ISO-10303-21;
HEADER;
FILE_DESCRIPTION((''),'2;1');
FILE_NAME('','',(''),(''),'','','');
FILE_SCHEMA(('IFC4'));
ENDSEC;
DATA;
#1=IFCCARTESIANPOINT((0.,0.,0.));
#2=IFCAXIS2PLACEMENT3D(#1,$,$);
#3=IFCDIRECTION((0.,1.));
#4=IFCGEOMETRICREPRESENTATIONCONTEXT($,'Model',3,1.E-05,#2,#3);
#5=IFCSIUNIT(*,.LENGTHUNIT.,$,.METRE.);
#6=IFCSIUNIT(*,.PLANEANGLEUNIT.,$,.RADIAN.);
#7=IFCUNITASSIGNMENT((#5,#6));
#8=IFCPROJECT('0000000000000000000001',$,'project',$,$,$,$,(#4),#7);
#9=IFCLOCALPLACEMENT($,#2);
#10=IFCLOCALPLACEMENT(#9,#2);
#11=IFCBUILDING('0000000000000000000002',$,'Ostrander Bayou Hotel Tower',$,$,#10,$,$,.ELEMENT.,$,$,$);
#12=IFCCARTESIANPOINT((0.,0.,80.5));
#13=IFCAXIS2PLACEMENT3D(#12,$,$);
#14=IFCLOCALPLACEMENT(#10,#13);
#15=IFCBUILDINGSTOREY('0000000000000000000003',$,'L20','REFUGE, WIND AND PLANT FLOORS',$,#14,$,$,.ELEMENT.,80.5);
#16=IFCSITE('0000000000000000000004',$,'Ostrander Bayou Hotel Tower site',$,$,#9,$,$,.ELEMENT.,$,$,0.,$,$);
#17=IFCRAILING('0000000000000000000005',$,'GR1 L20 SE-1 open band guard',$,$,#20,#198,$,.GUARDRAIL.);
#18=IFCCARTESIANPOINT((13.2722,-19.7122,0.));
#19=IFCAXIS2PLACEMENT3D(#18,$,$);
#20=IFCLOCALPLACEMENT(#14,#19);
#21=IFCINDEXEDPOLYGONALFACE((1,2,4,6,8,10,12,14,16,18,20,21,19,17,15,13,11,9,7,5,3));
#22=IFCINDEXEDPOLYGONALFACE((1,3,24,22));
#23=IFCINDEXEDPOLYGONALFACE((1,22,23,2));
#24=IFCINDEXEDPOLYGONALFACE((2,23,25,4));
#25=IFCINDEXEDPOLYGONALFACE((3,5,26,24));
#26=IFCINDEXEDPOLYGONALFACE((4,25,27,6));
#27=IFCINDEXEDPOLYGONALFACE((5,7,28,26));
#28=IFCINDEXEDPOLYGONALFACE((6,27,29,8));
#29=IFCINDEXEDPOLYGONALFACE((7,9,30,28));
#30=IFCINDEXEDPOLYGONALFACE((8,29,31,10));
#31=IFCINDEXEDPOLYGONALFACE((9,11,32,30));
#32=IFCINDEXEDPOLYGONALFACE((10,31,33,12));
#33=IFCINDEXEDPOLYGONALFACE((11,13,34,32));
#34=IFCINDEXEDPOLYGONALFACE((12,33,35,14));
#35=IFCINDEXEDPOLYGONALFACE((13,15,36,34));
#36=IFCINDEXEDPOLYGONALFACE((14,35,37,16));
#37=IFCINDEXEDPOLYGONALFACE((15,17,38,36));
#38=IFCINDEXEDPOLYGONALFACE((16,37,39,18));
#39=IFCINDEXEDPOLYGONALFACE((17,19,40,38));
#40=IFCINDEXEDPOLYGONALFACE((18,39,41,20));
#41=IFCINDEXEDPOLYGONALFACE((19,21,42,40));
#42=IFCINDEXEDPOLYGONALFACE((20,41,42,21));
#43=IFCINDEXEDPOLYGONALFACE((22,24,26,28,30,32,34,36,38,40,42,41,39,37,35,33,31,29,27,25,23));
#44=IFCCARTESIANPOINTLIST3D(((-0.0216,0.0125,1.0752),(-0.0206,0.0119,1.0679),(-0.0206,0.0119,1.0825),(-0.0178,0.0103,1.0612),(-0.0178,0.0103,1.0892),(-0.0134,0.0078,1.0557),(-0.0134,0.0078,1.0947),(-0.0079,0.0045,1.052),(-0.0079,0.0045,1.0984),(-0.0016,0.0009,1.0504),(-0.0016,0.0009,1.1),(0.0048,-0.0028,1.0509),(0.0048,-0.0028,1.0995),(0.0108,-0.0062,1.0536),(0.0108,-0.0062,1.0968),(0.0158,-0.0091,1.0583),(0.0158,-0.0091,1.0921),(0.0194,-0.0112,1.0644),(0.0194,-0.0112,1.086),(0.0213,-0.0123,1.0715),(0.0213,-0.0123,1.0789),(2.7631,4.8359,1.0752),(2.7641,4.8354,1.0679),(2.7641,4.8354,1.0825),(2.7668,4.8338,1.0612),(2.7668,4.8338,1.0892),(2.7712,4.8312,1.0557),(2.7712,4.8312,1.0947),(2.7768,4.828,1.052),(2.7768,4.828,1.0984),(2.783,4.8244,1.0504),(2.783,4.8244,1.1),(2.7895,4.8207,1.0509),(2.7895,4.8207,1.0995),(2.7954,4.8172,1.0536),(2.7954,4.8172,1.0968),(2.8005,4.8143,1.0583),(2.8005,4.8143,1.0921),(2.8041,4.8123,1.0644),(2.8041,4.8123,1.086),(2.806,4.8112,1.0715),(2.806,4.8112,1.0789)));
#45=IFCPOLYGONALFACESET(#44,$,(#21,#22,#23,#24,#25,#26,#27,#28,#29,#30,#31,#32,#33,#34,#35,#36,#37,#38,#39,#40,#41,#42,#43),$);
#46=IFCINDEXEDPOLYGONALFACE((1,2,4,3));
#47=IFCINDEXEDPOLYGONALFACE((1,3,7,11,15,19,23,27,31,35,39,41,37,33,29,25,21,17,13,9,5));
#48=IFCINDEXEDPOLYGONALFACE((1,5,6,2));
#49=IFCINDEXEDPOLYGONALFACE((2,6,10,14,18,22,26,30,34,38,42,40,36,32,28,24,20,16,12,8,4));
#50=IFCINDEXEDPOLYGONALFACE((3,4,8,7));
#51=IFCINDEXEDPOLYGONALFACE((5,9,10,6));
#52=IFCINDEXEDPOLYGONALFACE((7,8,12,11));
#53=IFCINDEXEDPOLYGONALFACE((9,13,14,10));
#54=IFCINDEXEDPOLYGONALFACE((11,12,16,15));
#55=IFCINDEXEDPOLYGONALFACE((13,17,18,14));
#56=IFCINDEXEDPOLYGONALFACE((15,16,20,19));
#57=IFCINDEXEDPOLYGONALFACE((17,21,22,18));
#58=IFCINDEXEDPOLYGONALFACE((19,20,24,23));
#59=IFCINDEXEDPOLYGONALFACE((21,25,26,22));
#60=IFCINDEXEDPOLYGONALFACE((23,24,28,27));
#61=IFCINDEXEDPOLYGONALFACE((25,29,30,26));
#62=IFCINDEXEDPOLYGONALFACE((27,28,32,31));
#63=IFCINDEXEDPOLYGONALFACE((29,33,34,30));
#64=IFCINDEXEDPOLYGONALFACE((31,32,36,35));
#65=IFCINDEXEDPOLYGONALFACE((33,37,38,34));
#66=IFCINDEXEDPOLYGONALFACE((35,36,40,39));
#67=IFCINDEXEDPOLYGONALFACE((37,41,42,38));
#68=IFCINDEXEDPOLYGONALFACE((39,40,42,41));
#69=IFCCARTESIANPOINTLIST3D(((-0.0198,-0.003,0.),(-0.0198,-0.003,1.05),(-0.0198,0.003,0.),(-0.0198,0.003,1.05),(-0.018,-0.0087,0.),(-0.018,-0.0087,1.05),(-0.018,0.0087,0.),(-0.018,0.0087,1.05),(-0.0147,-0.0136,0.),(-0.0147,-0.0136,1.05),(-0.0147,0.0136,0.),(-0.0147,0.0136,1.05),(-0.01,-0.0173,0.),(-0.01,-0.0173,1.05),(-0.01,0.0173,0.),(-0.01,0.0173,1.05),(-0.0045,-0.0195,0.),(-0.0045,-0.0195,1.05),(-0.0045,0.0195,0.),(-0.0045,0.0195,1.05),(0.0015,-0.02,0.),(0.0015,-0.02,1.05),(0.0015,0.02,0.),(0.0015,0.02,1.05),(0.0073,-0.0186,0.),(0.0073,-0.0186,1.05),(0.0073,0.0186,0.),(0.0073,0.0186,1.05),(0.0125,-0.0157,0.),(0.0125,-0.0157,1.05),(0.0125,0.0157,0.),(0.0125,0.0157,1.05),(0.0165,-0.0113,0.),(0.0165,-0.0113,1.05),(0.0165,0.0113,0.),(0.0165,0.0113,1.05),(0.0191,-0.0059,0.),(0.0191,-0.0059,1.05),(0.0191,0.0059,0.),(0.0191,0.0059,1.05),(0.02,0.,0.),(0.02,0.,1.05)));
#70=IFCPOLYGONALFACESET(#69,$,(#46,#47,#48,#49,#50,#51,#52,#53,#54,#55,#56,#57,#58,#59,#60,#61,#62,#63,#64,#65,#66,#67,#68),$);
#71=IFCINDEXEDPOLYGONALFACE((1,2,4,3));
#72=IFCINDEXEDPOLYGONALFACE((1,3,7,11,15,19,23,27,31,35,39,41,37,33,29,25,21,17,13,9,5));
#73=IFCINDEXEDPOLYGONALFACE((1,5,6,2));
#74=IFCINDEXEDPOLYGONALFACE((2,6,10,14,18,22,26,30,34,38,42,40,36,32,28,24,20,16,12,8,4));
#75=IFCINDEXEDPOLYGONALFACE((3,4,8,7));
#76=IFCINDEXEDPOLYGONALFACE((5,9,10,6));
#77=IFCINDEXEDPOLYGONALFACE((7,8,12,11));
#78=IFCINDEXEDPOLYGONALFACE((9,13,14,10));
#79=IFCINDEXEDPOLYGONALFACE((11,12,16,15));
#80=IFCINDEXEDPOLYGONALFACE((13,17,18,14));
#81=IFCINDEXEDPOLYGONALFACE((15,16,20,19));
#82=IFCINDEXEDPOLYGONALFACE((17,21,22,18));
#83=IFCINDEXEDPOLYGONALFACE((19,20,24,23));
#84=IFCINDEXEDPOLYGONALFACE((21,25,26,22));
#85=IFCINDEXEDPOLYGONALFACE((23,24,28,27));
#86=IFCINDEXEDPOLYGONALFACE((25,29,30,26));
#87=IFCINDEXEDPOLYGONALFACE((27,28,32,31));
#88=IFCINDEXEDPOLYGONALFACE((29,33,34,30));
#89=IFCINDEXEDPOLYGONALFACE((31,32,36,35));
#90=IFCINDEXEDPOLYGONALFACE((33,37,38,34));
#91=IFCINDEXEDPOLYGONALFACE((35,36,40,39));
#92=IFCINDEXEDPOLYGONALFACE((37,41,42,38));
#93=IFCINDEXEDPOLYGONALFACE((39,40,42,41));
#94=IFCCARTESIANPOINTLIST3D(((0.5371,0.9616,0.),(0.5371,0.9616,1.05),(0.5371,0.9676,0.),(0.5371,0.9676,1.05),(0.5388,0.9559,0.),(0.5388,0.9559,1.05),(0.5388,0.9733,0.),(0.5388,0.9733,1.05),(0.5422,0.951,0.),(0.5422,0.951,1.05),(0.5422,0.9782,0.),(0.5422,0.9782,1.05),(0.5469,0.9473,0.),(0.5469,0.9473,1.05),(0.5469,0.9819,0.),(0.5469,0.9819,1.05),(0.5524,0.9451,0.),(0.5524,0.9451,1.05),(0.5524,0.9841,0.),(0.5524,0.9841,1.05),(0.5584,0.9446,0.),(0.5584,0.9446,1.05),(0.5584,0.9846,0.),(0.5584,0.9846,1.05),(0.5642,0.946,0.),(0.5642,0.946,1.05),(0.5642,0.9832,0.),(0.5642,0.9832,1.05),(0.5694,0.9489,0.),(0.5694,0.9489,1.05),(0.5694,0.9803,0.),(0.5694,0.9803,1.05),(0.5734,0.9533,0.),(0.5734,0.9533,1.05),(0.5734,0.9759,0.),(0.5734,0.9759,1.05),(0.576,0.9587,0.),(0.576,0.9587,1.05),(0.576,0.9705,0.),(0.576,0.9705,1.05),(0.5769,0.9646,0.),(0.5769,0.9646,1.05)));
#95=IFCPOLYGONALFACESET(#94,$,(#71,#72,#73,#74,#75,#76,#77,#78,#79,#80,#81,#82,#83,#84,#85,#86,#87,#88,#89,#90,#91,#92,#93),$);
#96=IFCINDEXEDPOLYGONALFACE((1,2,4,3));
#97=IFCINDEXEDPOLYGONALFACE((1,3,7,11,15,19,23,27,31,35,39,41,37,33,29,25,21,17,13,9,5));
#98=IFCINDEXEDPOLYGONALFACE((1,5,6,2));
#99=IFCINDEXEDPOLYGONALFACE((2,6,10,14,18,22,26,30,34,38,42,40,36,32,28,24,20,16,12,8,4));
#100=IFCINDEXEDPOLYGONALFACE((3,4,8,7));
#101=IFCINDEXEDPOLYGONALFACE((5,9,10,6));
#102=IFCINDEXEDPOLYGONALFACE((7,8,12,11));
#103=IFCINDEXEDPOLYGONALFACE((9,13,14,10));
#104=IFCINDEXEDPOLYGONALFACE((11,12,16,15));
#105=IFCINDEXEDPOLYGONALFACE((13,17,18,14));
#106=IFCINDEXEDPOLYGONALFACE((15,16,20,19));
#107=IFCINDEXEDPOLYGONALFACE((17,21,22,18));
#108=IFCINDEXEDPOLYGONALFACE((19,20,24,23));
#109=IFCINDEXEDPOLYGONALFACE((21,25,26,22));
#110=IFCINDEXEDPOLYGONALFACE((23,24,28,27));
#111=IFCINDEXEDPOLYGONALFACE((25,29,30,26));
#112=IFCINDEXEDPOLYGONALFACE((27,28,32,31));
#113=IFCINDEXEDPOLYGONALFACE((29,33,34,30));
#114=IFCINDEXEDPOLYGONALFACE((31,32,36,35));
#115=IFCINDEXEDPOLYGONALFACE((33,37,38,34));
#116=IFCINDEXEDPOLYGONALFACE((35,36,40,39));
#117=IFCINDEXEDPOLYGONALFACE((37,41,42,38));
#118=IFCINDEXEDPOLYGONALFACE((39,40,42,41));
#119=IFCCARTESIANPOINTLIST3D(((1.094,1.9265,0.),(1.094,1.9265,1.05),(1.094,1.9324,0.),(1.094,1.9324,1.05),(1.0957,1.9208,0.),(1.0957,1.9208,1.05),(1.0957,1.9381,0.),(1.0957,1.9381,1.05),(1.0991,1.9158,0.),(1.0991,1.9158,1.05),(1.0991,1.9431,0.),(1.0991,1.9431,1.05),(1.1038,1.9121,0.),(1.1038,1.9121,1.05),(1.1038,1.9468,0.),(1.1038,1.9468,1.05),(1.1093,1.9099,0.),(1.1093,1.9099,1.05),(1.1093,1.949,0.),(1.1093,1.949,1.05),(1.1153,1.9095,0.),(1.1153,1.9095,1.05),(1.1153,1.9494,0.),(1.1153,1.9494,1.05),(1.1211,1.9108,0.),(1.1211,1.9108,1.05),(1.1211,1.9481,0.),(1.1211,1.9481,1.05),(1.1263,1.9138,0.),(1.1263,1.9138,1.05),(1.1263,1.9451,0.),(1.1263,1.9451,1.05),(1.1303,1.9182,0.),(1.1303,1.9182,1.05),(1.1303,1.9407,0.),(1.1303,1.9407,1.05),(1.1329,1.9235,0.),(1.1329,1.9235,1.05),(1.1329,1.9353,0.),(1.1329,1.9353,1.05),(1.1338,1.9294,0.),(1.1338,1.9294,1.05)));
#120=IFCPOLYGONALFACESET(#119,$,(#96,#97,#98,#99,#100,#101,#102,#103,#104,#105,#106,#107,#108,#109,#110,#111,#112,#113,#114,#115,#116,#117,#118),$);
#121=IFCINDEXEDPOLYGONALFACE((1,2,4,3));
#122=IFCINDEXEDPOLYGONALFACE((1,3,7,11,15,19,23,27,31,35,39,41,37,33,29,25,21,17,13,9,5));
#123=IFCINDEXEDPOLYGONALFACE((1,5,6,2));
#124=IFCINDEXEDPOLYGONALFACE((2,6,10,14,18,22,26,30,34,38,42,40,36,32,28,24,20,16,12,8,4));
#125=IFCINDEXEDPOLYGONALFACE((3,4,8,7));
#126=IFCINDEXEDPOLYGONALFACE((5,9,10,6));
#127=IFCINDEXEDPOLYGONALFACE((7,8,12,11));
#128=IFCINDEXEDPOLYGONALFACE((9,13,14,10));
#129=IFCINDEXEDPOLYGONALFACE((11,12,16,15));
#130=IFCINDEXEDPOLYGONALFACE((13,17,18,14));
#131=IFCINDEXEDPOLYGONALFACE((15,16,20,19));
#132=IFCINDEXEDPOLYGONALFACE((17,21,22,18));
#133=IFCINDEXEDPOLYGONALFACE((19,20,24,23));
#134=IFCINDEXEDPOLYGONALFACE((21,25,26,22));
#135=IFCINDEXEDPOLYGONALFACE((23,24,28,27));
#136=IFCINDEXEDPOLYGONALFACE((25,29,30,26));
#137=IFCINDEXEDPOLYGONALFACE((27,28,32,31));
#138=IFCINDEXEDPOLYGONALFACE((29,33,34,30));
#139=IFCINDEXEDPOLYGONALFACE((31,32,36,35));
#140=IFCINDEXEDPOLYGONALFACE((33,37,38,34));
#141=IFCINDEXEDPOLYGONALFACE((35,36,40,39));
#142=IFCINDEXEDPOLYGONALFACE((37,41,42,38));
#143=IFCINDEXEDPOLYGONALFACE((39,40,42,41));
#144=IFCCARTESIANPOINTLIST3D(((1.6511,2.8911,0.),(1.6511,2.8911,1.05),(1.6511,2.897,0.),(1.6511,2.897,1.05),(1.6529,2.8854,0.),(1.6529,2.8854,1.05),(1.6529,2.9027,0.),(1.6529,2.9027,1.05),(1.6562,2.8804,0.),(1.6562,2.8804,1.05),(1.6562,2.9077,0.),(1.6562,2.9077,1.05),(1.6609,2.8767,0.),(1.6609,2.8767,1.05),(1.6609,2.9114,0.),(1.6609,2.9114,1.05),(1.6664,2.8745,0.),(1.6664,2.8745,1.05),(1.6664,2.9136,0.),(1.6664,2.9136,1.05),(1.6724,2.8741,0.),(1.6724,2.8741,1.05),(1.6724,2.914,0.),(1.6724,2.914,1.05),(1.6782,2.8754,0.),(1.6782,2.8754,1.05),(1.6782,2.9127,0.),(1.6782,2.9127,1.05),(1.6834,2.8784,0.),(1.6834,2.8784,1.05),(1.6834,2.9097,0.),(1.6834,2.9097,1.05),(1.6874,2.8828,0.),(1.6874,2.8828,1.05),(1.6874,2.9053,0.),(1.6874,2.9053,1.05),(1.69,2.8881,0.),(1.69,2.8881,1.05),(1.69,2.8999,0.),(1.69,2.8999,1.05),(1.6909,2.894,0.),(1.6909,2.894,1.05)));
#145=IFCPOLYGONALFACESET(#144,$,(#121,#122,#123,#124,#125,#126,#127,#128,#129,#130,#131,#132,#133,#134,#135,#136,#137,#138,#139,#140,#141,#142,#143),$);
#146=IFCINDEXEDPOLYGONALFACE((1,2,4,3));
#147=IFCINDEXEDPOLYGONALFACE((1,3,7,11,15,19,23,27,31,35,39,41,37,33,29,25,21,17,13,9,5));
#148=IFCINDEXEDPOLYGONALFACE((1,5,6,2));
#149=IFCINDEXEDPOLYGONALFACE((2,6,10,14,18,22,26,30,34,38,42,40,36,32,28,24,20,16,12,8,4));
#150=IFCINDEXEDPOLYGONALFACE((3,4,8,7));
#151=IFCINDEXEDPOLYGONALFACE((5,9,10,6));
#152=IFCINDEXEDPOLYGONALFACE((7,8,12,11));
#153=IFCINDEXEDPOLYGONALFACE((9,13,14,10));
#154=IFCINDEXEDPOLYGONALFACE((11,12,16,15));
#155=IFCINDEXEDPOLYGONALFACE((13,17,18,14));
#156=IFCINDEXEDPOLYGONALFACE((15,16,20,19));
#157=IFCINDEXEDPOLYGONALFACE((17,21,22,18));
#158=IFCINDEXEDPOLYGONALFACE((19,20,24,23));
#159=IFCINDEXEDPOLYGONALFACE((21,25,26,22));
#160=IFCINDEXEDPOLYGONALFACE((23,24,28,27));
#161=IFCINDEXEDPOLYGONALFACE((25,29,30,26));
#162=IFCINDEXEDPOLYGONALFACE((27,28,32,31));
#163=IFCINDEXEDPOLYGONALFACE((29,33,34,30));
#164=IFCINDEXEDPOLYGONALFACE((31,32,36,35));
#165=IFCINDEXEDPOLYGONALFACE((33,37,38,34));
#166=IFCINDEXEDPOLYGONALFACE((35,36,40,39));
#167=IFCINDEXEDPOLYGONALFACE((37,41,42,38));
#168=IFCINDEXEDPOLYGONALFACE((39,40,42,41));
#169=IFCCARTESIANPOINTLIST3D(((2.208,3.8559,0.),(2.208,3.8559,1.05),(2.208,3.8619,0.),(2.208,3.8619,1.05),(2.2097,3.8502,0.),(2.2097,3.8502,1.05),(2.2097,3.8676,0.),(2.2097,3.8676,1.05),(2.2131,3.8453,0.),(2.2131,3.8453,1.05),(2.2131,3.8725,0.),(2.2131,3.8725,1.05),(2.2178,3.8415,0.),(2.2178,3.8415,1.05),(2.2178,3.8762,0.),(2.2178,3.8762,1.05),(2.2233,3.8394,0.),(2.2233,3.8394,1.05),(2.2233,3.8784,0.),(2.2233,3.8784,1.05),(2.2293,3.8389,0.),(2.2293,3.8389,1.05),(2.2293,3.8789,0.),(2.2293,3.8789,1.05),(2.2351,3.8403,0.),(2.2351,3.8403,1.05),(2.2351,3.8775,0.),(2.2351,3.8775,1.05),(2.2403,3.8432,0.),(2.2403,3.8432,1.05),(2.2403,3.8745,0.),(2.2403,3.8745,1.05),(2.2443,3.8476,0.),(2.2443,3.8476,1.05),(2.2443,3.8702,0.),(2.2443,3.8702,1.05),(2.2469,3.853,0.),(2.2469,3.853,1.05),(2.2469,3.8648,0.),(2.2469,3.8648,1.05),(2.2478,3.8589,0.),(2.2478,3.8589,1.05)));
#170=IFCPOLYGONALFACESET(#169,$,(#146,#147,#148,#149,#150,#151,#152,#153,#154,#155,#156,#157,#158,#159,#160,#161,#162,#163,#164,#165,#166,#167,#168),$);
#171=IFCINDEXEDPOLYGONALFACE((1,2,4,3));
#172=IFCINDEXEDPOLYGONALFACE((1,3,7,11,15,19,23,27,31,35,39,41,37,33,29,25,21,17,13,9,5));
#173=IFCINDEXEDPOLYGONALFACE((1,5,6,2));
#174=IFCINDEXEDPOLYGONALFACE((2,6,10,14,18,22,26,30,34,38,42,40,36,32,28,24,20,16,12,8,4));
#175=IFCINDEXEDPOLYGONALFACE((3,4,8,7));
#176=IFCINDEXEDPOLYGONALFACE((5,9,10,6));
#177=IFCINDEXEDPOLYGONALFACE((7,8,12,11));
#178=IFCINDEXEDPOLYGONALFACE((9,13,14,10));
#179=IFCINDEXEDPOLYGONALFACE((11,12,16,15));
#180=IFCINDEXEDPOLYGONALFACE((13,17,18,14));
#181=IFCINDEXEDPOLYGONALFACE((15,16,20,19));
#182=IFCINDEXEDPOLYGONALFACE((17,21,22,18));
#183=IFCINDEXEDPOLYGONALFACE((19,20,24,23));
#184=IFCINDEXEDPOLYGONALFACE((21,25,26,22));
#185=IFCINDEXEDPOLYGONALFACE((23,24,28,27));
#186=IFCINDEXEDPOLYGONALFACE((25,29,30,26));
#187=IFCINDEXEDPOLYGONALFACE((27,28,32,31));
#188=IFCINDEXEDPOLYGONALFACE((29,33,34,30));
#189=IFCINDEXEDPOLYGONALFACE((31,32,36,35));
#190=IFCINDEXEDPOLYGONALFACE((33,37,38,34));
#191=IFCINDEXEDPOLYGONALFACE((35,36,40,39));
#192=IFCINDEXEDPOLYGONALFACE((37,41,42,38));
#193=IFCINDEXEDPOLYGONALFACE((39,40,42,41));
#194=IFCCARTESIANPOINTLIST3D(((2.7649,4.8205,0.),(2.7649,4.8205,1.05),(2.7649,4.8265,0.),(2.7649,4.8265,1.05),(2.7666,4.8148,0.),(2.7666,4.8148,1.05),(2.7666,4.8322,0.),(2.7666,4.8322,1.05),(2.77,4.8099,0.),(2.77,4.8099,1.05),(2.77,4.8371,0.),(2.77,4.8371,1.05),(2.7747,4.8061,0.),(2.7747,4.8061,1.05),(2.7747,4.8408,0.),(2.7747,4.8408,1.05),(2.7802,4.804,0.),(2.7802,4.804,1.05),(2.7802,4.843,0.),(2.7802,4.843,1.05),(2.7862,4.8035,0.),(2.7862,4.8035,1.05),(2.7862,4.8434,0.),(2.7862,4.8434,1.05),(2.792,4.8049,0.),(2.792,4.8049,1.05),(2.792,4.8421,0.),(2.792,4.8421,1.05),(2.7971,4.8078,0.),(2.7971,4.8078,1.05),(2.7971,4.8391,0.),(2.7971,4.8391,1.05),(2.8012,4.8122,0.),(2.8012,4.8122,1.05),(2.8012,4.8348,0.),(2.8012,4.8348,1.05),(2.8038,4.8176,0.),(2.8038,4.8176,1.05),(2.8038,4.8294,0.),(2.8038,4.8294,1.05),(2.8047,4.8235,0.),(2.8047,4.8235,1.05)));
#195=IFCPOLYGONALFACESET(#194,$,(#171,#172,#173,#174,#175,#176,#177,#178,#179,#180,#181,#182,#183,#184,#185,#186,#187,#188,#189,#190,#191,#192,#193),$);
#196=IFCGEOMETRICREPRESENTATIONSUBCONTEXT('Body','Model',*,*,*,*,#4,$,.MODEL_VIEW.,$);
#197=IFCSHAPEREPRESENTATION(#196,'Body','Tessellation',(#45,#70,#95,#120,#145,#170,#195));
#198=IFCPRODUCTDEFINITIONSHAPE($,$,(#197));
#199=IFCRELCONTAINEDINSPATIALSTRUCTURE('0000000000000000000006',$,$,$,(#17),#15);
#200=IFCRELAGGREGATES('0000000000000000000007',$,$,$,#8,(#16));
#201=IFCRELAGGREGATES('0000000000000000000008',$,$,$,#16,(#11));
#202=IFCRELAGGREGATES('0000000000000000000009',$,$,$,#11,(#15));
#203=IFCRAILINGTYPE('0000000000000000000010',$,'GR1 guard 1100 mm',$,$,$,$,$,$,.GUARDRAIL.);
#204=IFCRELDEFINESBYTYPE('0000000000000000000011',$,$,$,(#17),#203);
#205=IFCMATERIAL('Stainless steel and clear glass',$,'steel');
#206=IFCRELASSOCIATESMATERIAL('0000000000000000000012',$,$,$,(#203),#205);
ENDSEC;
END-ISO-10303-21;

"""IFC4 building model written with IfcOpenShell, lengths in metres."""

from ifc_helpers import new_model, si_unit, direction, frame, origin, origin_2d, place, context, subcontext, project, spatial, circle, extrude, material, type_object, element, save


model = new_model("IFC4")

# Units and contexts
model_context = context("Model", 3, precision=1e-05, world=origin(), true_north=direction((0.0, 1.0)))
body_context = subcontext(model_context, "Body", "Model", "MODEL_VIEW")
ifc_project = project(units=[si_unit("LENGTHUNIT", "METRE"), si_unit("PLANEANGLEUNIT", "RADIAN")], contexts=[model_context])

# Site, building, storey
site_placement = place(None, origin())
site = spatial("IfcSite", under=ifc_project, at=site_placement, Name="Ostrander Bayou Hotel Tower site", CompositionType="ELEMENT", RefElevation=0.0)
building_placement = place(site_placement, origin())
building = spatial("IfcBuilding", under=site, at=building_placement, Name="Ostrander Bayou Hotel Tower", CompositionType="ELEMENT")
storey_placement = place(building_placement, frame((0.0, 0.0, 80.5)))
storey = spatial("IfcBuildingStorey", under=building, at=storey_placement, Name="L20", Description="REFUGE, WIND AND PLANT FLOORS", CompositionType="ELEMENT", Elevation=80.5)

# Railing
ifc_material_1 = material(Name="Stainless steel and clear glass", Category="steel")
railing_type = type_object("IfcRailingType", Name="GR1 guard 1100 mm", PredefinedType="GUARDRAIL", material=ifc_material_1)
railing_1_placement = place(storey_placement, frame((13.2722, -19.7122, 0.0)))
element("IfcRailing", 1, at=railing_1_placement, inside=storey, type_object=railing_type, Name="GR1 L20 SE-1 open band guard", PredefinedType="GUARDRAIL", context=body_context, shape_type="SweptSolid", body=[
    extrude(circle(Radius=0.0249, at=origin_2d()), frame((0.0, 0.0, 1.0752), z_axis=(0.499977, 0.866039, 0.0), x_axis=(-0.866039, 0.499977, 0.0)), (0.0, 0.0, 1.0), 5.5696),
    extrude(circle(Radius=0.02, at=origin_2d()), origin(), (0.0, 0.0, 1.0), 1.05),
    extrude(circle(Radius=0.02, at=origin_2d()), frame((0.5569, 0.9646, 0.0)), (0.0, 0.0, 1.0), 1.05),
    extrude(circle(Radius=0.02, at=origin_2d()), frame((1.1138, 1.9294, 0.0)), (0.0, 0.0, 1.0), 1.05),
    extrude(circle(Radius=0.02, at=origin_2d()), frame((1.6709, 2.894, 0.0)), (0.0, 0.0, 1.0), 1.05),
    extrude(circle(Radius=0.02, at=origin_2d()), frame((2.2278, 3.8589, 0.0)), (0.0, 0.0, 1.0), 1.05),
    extrude(circle(Radius=0.02, at=origin_2d()), frame((2.7847, 4.8235, 0.0)), (0.0, 0.0, 1.0), 1.05),
])

save(model, "model.ifc")
